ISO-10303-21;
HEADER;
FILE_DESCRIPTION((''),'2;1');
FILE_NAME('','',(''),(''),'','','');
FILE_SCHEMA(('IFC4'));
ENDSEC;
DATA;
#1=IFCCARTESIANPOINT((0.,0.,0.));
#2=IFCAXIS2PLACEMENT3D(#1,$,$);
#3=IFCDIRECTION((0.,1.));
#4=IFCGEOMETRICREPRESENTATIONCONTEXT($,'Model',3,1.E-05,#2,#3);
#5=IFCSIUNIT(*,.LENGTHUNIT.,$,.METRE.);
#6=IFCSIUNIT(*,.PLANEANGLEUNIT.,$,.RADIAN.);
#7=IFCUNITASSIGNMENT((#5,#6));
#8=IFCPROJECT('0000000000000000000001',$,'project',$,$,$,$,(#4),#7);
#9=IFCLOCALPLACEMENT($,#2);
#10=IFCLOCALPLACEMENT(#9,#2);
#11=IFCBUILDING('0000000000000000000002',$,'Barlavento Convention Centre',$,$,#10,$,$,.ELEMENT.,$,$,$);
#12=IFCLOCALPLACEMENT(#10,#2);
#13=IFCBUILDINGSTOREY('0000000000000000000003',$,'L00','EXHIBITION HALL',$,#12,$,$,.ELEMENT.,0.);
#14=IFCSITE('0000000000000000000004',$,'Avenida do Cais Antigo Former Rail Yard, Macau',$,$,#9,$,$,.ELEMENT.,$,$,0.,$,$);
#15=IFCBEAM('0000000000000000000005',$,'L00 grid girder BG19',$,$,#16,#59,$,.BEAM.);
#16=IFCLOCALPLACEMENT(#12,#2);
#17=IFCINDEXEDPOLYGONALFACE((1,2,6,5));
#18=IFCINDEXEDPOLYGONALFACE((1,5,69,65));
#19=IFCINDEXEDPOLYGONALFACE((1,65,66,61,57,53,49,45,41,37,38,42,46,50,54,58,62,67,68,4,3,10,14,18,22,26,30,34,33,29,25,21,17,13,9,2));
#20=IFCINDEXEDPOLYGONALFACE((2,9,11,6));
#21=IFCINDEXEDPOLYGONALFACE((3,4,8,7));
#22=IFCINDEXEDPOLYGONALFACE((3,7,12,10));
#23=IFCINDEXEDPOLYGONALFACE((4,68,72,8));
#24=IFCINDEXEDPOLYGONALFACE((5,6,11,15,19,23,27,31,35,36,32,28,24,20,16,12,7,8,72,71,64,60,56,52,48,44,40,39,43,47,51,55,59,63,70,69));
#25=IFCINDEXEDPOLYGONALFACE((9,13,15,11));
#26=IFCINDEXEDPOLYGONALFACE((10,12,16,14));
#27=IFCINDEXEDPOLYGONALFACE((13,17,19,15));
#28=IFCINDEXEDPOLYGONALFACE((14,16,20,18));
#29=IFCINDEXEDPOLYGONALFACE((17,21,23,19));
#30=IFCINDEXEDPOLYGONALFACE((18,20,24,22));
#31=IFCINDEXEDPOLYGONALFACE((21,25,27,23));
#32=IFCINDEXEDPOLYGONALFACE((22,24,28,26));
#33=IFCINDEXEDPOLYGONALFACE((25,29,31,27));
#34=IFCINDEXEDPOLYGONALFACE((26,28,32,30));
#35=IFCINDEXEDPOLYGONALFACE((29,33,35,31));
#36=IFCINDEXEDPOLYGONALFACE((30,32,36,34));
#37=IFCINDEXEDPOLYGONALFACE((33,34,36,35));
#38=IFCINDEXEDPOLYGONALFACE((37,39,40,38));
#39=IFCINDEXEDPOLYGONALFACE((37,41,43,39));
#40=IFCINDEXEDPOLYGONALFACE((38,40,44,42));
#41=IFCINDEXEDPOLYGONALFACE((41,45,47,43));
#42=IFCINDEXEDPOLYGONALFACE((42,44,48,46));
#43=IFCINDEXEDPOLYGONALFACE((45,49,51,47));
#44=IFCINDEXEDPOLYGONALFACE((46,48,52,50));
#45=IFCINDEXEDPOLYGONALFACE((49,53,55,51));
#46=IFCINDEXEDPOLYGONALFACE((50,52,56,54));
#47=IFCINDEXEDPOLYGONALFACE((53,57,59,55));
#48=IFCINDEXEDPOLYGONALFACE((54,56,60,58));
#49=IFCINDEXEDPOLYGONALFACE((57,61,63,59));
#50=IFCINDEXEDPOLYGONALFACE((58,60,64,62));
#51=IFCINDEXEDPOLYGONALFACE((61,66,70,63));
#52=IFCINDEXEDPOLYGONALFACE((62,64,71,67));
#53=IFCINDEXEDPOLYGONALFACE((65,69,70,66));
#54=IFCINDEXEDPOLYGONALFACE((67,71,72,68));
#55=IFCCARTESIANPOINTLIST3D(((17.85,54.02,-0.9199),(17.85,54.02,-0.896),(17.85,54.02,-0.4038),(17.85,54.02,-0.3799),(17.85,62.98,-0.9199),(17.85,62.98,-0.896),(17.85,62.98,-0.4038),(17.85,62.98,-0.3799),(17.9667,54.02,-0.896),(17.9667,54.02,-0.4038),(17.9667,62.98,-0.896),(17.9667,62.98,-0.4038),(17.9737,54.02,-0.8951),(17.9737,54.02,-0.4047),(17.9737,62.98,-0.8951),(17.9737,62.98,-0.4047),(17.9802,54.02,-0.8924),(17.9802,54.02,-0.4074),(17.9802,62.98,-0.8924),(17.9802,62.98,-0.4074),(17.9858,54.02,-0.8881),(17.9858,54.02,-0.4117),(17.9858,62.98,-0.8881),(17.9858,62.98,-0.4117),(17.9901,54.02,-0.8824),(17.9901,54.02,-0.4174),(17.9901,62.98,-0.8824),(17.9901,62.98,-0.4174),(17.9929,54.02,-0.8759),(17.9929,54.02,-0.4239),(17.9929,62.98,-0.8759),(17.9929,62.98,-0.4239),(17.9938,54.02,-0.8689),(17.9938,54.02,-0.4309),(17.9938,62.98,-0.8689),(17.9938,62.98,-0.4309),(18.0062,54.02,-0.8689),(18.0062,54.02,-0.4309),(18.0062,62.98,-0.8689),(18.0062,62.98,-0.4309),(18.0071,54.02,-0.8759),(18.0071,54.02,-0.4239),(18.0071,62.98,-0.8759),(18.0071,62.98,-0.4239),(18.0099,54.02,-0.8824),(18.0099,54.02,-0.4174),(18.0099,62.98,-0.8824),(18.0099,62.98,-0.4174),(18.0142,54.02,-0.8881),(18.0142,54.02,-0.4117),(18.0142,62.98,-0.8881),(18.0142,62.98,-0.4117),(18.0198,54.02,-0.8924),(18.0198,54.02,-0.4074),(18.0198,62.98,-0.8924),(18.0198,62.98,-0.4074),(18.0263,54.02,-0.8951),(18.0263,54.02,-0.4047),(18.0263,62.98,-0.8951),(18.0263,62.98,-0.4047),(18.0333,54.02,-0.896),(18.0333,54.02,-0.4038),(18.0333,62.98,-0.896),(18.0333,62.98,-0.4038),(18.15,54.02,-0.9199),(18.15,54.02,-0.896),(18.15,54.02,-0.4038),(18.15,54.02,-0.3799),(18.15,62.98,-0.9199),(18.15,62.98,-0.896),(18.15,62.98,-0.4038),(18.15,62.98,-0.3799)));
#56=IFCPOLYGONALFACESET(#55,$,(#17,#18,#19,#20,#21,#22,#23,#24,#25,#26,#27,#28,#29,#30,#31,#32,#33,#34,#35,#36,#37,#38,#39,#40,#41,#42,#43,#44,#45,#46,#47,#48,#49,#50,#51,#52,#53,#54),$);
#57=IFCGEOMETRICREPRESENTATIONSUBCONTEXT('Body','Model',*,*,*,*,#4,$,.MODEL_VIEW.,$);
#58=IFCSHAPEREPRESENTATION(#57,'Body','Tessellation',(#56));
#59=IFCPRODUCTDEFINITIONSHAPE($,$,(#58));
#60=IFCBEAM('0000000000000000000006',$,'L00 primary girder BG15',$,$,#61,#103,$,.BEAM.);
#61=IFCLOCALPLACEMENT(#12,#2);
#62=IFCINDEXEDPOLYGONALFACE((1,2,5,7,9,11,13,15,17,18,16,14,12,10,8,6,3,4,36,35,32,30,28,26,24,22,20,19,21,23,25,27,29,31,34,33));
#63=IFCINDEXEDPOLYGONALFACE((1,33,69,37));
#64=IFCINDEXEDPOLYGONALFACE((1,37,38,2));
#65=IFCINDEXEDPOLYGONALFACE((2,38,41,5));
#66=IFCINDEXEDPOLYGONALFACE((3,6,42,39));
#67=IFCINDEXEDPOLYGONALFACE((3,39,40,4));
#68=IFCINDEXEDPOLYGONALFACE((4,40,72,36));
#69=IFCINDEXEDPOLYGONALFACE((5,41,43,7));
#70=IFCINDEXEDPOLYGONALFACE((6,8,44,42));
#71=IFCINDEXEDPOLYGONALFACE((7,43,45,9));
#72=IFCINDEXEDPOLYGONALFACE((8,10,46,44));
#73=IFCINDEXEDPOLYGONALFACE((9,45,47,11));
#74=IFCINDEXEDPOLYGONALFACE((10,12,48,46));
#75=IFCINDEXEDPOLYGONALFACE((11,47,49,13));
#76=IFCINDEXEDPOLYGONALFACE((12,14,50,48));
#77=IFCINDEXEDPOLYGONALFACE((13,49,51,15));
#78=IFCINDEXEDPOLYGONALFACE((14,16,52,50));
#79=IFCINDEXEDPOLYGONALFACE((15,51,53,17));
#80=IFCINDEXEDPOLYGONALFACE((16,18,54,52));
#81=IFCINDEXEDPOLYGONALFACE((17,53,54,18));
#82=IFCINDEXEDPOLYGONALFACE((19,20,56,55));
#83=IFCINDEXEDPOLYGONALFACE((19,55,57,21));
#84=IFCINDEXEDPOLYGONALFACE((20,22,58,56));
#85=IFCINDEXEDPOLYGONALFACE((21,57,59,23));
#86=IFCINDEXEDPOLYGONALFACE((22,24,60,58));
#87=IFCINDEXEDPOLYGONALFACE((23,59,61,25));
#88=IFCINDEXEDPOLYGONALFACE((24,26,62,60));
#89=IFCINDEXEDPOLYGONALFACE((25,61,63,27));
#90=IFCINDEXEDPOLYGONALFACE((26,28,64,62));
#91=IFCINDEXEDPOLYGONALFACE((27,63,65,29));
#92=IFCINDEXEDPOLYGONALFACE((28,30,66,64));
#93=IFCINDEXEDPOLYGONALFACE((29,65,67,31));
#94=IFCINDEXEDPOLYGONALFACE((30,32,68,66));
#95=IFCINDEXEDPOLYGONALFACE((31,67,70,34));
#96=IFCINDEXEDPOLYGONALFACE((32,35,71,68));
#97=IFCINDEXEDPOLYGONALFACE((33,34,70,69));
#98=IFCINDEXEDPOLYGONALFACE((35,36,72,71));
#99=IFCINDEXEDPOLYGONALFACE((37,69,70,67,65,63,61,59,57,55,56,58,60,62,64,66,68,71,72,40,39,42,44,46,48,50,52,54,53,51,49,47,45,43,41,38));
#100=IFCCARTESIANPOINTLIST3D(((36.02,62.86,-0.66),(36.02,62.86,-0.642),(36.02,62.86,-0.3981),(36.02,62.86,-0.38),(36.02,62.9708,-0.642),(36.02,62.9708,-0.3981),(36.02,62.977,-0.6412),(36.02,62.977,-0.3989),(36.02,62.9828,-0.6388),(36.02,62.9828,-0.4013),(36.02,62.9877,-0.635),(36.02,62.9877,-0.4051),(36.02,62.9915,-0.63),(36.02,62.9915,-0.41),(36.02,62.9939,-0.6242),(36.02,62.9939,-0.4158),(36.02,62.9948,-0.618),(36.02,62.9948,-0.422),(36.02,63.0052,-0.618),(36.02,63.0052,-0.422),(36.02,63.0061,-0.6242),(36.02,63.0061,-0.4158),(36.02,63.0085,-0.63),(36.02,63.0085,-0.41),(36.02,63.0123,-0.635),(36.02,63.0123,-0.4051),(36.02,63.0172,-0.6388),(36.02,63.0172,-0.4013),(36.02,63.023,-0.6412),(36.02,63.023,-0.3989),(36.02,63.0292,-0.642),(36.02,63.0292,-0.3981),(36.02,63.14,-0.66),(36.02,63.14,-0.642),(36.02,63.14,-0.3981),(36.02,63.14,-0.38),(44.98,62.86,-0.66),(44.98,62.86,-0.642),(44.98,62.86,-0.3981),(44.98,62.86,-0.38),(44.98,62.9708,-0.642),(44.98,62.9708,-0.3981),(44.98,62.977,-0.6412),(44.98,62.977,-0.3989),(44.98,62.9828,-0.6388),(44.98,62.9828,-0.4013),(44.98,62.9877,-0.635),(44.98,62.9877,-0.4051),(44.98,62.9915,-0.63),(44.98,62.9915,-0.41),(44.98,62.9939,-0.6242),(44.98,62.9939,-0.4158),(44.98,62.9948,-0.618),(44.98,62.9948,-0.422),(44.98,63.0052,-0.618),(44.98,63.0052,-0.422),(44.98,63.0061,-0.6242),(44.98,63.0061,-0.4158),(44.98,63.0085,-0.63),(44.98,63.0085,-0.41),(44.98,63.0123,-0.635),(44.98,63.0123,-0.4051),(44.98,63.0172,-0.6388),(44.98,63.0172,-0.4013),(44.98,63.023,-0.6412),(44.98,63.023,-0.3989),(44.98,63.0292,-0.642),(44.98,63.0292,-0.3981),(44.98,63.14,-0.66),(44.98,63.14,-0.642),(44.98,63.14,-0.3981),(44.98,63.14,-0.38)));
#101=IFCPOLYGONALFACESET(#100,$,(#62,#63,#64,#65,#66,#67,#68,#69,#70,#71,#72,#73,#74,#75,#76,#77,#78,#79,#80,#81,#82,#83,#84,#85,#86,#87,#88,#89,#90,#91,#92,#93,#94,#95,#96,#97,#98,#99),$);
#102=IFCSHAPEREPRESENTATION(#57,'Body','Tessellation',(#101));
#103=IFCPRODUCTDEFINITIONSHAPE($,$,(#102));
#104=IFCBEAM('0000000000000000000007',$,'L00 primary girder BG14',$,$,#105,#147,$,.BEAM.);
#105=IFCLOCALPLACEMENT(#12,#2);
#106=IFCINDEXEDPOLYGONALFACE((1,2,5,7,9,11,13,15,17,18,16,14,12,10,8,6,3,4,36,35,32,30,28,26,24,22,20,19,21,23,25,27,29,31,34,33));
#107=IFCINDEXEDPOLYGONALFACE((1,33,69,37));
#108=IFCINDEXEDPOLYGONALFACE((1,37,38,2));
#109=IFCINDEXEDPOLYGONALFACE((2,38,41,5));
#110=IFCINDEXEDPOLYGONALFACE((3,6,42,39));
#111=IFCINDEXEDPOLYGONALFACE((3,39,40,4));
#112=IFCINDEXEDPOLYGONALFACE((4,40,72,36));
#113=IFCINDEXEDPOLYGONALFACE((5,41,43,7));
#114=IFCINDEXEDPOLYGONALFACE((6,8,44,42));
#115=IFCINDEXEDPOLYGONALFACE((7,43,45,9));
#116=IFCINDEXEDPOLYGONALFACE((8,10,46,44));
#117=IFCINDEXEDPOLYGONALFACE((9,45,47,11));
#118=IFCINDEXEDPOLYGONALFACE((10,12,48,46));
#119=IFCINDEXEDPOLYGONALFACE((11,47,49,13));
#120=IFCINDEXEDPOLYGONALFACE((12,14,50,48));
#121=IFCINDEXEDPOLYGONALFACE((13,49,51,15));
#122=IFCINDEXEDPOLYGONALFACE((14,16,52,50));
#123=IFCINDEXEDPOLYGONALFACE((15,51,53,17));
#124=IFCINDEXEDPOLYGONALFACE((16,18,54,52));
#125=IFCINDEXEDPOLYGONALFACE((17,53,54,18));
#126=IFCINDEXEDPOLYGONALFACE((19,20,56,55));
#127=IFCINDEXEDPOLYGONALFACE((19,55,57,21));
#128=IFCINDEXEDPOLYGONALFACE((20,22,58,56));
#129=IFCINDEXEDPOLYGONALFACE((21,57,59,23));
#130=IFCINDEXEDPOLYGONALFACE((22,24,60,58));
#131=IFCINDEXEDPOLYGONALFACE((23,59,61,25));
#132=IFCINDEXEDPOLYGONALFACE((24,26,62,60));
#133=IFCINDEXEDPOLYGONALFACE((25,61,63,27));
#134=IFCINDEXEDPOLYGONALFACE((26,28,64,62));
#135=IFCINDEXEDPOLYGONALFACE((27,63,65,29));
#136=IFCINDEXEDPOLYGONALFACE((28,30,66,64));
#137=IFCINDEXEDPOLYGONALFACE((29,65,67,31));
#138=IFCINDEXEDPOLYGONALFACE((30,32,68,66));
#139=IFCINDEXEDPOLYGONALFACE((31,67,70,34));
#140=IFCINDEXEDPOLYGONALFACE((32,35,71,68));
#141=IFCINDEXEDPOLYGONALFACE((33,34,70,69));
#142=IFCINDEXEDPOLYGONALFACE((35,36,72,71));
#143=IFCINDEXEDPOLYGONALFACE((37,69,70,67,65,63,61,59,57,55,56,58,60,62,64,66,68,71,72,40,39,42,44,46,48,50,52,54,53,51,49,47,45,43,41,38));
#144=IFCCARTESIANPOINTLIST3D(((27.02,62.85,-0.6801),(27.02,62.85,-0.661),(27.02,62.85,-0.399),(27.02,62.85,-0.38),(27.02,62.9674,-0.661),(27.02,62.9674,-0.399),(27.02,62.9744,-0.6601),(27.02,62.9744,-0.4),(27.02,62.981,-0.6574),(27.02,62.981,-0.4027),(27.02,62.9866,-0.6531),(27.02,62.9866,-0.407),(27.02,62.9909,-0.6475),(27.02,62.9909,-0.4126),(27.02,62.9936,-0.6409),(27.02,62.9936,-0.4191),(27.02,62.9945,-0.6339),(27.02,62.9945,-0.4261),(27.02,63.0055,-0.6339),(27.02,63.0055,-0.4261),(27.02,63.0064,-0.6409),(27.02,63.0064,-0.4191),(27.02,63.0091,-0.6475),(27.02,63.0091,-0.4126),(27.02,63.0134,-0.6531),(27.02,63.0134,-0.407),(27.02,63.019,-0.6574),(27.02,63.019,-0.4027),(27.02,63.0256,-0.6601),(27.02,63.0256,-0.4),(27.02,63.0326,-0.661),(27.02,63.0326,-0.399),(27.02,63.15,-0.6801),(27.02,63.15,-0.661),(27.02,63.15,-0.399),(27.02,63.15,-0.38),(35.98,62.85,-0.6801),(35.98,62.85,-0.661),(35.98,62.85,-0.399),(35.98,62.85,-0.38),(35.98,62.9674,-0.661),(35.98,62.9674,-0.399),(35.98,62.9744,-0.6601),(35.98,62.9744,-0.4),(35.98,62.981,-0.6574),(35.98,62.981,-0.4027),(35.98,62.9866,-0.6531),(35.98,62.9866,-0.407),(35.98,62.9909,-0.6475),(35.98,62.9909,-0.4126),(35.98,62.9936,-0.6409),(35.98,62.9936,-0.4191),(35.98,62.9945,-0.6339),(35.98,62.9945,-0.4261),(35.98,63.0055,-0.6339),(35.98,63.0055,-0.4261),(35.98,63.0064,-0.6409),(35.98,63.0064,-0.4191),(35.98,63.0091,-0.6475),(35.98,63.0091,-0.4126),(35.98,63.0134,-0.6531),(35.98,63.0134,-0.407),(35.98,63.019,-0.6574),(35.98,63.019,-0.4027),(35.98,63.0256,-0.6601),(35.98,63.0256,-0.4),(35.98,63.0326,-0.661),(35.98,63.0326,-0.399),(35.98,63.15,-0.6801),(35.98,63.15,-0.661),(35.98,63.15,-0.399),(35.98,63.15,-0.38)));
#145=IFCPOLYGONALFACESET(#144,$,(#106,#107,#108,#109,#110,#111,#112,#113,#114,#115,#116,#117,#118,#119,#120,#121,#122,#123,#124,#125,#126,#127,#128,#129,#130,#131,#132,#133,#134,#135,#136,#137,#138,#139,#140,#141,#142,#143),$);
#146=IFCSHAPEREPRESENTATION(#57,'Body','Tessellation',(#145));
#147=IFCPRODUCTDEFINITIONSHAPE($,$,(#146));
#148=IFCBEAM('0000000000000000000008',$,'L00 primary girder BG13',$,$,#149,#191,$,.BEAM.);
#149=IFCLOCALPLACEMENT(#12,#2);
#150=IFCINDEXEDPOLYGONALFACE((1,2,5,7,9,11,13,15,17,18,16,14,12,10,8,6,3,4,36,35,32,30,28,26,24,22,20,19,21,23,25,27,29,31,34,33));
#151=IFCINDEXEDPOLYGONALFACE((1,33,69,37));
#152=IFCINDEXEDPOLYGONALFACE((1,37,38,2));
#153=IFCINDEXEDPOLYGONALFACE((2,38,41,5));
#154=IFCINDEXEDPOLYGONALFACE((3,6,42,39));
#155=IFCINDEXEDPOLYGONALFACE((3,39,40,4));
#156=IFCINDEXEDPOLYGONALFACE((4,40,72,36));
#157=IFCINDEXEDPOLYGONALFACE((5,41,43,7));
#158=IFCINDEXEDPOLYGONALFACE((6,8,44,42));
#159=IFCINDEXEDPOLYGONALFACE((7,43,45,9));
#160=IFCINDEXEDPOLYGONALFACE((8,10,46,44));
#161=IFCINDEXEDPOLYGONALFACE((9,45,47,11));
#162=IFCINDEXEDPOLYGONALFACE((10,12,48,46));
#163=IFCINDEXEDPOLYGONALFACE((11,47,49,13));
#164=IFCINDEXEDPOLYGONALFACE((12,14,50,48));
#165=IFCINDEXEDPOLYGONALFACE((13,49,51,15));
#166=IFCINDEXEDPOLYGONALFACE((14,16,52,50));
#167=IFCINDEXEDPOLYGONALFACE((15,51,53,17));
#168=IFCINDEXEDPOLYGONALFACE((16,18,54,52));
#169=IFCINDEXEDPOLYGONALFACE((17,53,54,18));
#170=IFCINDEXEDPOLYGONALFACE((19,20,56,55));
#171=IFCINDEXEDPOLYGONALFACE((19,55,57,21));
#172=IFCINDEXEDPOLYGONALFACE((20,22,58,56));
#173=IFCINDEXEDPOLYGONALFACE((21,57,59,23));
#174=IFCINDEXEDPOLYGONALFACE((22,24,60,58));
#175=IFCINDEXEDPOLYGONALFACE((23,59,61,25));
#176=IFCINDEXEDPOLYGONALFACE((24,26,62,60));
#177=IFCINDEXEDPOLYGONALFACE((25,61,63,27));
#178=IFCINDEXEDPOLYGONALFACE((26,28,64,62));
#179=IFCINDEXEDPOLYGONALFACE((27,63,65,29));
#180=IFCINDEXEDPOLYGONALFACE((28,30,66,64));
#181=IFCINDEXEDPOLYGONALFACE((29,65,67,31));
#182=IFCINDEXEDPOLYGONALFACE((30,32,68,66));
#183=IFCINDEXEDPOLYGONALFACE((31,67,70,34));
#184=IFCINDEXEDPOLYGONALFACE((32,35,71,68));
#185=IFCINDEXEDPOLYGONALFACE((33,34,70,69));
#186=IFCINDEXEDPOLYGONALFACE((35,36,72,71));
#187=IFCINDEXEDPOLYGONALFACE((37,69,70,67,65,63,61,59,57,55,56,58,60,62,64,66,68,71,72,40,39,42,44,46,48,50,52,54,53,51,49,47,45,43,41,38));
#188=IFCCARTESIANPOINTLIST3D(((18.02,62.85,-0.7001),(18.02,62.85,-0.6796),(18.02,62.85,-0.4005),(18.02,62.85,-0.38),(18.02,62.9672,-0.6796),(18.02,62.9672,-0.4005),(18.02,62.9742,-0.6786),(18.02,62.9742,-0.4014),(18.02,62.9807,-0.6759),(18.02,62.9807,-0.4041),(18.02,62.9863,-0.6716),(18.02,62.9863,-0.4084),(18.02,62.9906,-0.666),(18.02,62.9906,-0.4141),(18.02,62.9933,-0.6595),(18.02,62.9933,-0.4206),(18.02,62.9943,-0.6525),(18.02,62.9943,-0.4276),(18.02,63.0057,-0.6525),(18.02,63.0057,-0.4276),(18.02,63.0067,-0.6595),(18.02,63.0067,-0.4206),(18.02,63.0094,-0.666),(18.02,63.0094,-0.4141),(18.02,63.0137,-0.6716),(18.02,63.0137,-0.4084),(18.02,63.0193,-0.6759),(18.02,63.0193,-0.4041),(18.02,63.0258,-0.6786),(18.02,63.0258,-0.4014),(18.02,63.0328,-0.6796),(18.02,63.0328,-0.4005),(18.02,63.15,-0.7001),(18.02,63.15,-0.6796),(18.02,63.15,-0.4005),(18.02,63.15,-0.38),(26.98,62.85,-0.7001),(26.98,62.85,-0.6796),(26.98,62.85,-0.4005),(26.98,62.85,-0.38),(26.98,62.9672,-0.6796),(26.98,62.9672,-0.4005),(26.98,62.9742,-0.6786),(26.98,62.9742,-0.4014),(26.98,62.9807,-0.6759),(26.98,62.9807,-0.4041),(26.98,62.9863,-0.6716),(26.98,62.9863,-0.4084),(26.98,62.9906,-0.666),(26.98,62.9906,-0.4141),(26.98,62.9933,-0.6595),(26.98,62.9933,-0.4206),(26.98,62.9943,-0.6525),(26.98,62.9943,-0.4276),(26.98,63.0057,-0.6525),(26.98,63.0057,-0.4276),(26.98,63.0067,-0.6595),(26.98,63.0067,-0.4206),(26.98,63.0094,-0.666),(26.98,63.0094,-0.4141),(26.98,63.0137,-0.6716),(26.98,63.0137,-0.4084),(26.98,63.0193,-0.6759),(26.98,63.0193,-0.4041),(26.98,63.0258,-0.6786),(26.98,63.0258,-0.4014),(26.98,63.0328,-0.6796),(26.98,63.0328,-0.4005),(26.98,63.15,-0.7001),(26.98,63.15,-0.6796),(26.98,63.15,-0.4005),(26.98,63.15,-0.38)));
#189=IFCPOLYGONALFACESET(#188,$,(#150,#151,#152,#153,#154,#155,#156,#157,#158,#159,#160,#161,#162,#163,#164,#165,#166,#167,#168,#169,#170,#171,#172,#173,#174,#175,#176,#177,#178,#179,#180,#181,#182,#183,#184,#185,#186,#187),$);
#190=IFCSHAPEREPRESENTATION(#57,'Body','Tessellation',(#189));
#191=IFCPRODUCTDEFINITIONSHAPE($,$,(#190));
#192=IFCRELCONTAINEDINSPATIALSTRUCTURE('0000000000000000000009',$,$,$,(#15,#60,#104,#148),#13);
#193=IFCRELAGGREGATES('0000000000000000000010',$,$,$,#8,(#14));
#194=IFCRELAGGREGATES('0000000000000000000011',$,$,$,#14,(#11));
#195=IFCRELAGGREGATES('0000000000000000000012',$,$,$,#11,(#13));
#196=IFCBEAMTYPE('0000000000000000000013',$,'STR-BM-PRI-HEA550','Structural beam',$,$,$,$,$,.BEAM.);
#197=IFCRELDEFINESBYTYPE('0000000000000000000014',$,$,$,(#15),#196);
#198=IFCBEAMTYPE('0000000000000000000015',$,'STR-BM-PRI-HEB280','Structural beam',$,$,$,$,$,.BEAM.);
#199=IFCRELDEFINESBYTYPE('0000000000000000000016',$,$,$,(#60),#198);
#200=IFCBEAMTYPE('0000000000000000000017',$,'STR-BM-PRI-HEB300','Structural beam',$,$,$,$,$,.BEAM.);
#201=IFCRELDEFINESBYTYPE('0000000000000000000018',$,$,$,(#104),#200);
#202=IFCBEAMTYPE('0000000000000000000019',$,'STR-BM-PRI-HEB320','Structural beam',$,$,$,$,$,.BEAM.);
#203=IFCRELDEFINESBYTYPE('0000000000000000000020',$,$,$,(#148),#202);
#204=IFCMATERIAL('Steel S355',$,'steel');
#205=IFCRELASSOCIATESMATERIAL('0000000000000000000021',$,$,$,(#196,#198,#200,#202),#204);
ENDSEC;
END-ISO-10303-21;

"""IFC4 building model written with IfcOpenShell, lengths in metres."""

from ifc_helpers import new_model, si_unit, direction, frame, origin, origin_2d, place, context, subcontext, project, spatial, i_section, extrude, material, material_profile, profile_set, type_object, element, save


model = new_model("IFC4")

# Units and contexts
model_context = context("Model", 3, precision=1e-05, world=origin(), true_north=direction((0.0, 1.0)))
body_context = subcontext(model_context, "Body", "Model", "MODEL_VIEW")
ifc_project = project(units=[si_unit("LENGTHUNIT", "METRE"), si_unit("PLANEANGLEUNIT", "RADIAN")], contexts=[model_context])

# Site, building, storey
site_placement = place(None, origin())
site = spatial("IfcSite", under=ifc_project, at=site_placement, Name="Avenida do Cais Antigo Former Rail Yard, Macau", CompositionType="ELEMENT", RefElevation=0.0)
building_placement = place(site_placement, origin())
building = spatial("IfcBuilding", under=site, at=building_placement, Name="Barlavento Convention Centre", CompositionType="ELEMENT")
storey_placement = place(building_placement, origin())
storey = spatial("IfcBuildingStorey", under=building, at=storey_placement, Name="L00", Description="EXHIBITION HALL", CompositionType="ELEMENT", Elevation=0.0)

# Beams
ifc_material_1 = material(Name="Steel S355", Category="steel")
ifc_material_profile_1 = material_profile(ifc_material_1, i_section(OverallWidth=0.3, OverallDepth=0.54, WebThickness=0.0125, FlangeThickness=0.0239, FilletRadius=0.0271, at=origin_2d()), Name="HEA 550")
ifc_profile_set_1 = profile_set([ifc_material_profile_1], Name="Steel S355")
beam_type_1 = type_object("IfcBeamType", Name="STR-BM-PRI-HEA550", Description="Structural beam", PredefinedType="BEAM", material=ifc_profile_set_1)
beam_1_placement = place(storey_placement, frame((18.0, 54.02, -0.6499), z_axis=(0.0, 1.0, 0.0), x_axis=(-1.0, 0.0, 0.0)))
element("IfcBeam", 1, at=beam_1_placement, inside=storey, type_object=beam_type_1, Name="L00 grid girder BG19", PredefinedType="BEAM", context=body_context, shape_type="SweptSolid", body=[
    extrude(i_section(OverallWidth=0.3, OverallDepth=0.54, WebThickness=0.0125, FlangeThickness=0.0239, FilletRadius=0.0271, at=origin_2d()), origin(), (0.0, 0.0, 1.0), 8.96),
])
ifc_material_profile_2 = material_profile(ifc_material_1, i_section(OverallWidth=0.28, OverallDepth=0.28, WebThickness=0.0105, FlangeThickness=0.0181, FilletRadius=0.0239, at=origin_2d()), Name="HEB 280")
ifc_profile_set_2 = profile_set([ifc_material_profile_2], Name="Steel S355")
beam_type_2 = type_object("IfcBeamType", Name="STR-BM-PRI-HEB280", Description="Structural beam", PredefinedType="BEAM", material=ifc_profile_set_2)
beam_2_placement = place(storey_placement, frame((36.02, 63.0, -0.52), z_axis=(1.0, 0.0, 0.0), x_axis=(0.0, 1.0, 0.0)))
element("IfcBeam", 2, at=beam_2_placement, inside=storey, type_object=beam_type_2, Name="L00 primary girder BG15", PredefinedType="BEAM", context=body_context, shape_type="SweptSolid", body=[
    extrude(i_section(OverallWidth=0.28, OverallDepth=0.28, WebThickness=0.0105, FlangeThickness=0.0181, FilletRadius=0.0239, at=origin_2d()), origin(), (0.0, 0.0, 1.0), 8.96),
])
ifc_material_profile_3 = material_profile(ifc_material_1, i_section(OverallWidth=0.3, OverallDepth=0.3, WebThickness=0.011, FlangeThickness=0.019, FilletRadius=0.0271, at=origin_2d()), Name="HEB 300")
ifc_profile_set_3 = profile_set([ifc_material_profile_3], Name="Steel S355")
beam_type_3 = type_object("IfcBeamType", Name="STR-BM-PRI-HEB300", Description="Structural beam", PredefinedType="BEAM", material=ifc_profile_set_3)
beam_3_placement = place(storey_placement, frame((27.02, 63.0, -0.53), z_axis=(1.0, 0.0, 0.0), x_axis=(0.0, 1.0, 0.0)))
element("IfcBeam", 3, at=beam_3_placement, inside=storey, type_object=beam_type_3, Name="L00 primary girder BG14", PredefinedType="BEAM", context=body_context, shape_type="SweptSolid", body=[
    extrude(i_section(OverallWidth=0.3, OverallDepth=0.3, WebThickness=0.011, FlangeThickness=0.019, FilletRadius=0.0271, at=origin_2d()), origin(), (0.0, 0.0, 1.0), 8.96),
])
ifc_material_profile_4 = material_profile(ifc_material_1, i_section(OverallWidth=0.3, OverallDepth=0.3201, WebThickness=0.0115, FlangeThickness=0.0205, FilletRadius=0.0271, at=origin_2d()), Name="HEB 320")
ifc_profile_set_4 = profile_set([ifc_material_profile_4], Name="Steel S355")
beam_type_4 = type_object("IfcBeamType", Name="STR-BM-PRI-HEB320", Description="Structural beam", PredefinedType="BEAM", material=ifc_profile_set_4)
beam_4_placement = place(storey_placement, frame((18.02, 63.0, -0.54), z_axis=(1.0, 0.0, 0.0), x_axis=(0.0, 1.0, 0.0)))
element("IfcBeam", 4, at=beam_4_placement, inside=storey, type_object=beam_type_4, Name="L00 primary girder BG13", PredefinedType="BEAM", context=body_context, shape_type="SweptSolid", body=[
    extrude(i_section(OverallWidth=0.3, OverallDepth=0.3201, WebThickness=0.0115, FlangeThickness=0.0205, FilletRadius=0.0271, at=origin_2d()), origin(), (0.0, 0.0, 1.0), 8.96),
])

save(model, "model.ifc")
